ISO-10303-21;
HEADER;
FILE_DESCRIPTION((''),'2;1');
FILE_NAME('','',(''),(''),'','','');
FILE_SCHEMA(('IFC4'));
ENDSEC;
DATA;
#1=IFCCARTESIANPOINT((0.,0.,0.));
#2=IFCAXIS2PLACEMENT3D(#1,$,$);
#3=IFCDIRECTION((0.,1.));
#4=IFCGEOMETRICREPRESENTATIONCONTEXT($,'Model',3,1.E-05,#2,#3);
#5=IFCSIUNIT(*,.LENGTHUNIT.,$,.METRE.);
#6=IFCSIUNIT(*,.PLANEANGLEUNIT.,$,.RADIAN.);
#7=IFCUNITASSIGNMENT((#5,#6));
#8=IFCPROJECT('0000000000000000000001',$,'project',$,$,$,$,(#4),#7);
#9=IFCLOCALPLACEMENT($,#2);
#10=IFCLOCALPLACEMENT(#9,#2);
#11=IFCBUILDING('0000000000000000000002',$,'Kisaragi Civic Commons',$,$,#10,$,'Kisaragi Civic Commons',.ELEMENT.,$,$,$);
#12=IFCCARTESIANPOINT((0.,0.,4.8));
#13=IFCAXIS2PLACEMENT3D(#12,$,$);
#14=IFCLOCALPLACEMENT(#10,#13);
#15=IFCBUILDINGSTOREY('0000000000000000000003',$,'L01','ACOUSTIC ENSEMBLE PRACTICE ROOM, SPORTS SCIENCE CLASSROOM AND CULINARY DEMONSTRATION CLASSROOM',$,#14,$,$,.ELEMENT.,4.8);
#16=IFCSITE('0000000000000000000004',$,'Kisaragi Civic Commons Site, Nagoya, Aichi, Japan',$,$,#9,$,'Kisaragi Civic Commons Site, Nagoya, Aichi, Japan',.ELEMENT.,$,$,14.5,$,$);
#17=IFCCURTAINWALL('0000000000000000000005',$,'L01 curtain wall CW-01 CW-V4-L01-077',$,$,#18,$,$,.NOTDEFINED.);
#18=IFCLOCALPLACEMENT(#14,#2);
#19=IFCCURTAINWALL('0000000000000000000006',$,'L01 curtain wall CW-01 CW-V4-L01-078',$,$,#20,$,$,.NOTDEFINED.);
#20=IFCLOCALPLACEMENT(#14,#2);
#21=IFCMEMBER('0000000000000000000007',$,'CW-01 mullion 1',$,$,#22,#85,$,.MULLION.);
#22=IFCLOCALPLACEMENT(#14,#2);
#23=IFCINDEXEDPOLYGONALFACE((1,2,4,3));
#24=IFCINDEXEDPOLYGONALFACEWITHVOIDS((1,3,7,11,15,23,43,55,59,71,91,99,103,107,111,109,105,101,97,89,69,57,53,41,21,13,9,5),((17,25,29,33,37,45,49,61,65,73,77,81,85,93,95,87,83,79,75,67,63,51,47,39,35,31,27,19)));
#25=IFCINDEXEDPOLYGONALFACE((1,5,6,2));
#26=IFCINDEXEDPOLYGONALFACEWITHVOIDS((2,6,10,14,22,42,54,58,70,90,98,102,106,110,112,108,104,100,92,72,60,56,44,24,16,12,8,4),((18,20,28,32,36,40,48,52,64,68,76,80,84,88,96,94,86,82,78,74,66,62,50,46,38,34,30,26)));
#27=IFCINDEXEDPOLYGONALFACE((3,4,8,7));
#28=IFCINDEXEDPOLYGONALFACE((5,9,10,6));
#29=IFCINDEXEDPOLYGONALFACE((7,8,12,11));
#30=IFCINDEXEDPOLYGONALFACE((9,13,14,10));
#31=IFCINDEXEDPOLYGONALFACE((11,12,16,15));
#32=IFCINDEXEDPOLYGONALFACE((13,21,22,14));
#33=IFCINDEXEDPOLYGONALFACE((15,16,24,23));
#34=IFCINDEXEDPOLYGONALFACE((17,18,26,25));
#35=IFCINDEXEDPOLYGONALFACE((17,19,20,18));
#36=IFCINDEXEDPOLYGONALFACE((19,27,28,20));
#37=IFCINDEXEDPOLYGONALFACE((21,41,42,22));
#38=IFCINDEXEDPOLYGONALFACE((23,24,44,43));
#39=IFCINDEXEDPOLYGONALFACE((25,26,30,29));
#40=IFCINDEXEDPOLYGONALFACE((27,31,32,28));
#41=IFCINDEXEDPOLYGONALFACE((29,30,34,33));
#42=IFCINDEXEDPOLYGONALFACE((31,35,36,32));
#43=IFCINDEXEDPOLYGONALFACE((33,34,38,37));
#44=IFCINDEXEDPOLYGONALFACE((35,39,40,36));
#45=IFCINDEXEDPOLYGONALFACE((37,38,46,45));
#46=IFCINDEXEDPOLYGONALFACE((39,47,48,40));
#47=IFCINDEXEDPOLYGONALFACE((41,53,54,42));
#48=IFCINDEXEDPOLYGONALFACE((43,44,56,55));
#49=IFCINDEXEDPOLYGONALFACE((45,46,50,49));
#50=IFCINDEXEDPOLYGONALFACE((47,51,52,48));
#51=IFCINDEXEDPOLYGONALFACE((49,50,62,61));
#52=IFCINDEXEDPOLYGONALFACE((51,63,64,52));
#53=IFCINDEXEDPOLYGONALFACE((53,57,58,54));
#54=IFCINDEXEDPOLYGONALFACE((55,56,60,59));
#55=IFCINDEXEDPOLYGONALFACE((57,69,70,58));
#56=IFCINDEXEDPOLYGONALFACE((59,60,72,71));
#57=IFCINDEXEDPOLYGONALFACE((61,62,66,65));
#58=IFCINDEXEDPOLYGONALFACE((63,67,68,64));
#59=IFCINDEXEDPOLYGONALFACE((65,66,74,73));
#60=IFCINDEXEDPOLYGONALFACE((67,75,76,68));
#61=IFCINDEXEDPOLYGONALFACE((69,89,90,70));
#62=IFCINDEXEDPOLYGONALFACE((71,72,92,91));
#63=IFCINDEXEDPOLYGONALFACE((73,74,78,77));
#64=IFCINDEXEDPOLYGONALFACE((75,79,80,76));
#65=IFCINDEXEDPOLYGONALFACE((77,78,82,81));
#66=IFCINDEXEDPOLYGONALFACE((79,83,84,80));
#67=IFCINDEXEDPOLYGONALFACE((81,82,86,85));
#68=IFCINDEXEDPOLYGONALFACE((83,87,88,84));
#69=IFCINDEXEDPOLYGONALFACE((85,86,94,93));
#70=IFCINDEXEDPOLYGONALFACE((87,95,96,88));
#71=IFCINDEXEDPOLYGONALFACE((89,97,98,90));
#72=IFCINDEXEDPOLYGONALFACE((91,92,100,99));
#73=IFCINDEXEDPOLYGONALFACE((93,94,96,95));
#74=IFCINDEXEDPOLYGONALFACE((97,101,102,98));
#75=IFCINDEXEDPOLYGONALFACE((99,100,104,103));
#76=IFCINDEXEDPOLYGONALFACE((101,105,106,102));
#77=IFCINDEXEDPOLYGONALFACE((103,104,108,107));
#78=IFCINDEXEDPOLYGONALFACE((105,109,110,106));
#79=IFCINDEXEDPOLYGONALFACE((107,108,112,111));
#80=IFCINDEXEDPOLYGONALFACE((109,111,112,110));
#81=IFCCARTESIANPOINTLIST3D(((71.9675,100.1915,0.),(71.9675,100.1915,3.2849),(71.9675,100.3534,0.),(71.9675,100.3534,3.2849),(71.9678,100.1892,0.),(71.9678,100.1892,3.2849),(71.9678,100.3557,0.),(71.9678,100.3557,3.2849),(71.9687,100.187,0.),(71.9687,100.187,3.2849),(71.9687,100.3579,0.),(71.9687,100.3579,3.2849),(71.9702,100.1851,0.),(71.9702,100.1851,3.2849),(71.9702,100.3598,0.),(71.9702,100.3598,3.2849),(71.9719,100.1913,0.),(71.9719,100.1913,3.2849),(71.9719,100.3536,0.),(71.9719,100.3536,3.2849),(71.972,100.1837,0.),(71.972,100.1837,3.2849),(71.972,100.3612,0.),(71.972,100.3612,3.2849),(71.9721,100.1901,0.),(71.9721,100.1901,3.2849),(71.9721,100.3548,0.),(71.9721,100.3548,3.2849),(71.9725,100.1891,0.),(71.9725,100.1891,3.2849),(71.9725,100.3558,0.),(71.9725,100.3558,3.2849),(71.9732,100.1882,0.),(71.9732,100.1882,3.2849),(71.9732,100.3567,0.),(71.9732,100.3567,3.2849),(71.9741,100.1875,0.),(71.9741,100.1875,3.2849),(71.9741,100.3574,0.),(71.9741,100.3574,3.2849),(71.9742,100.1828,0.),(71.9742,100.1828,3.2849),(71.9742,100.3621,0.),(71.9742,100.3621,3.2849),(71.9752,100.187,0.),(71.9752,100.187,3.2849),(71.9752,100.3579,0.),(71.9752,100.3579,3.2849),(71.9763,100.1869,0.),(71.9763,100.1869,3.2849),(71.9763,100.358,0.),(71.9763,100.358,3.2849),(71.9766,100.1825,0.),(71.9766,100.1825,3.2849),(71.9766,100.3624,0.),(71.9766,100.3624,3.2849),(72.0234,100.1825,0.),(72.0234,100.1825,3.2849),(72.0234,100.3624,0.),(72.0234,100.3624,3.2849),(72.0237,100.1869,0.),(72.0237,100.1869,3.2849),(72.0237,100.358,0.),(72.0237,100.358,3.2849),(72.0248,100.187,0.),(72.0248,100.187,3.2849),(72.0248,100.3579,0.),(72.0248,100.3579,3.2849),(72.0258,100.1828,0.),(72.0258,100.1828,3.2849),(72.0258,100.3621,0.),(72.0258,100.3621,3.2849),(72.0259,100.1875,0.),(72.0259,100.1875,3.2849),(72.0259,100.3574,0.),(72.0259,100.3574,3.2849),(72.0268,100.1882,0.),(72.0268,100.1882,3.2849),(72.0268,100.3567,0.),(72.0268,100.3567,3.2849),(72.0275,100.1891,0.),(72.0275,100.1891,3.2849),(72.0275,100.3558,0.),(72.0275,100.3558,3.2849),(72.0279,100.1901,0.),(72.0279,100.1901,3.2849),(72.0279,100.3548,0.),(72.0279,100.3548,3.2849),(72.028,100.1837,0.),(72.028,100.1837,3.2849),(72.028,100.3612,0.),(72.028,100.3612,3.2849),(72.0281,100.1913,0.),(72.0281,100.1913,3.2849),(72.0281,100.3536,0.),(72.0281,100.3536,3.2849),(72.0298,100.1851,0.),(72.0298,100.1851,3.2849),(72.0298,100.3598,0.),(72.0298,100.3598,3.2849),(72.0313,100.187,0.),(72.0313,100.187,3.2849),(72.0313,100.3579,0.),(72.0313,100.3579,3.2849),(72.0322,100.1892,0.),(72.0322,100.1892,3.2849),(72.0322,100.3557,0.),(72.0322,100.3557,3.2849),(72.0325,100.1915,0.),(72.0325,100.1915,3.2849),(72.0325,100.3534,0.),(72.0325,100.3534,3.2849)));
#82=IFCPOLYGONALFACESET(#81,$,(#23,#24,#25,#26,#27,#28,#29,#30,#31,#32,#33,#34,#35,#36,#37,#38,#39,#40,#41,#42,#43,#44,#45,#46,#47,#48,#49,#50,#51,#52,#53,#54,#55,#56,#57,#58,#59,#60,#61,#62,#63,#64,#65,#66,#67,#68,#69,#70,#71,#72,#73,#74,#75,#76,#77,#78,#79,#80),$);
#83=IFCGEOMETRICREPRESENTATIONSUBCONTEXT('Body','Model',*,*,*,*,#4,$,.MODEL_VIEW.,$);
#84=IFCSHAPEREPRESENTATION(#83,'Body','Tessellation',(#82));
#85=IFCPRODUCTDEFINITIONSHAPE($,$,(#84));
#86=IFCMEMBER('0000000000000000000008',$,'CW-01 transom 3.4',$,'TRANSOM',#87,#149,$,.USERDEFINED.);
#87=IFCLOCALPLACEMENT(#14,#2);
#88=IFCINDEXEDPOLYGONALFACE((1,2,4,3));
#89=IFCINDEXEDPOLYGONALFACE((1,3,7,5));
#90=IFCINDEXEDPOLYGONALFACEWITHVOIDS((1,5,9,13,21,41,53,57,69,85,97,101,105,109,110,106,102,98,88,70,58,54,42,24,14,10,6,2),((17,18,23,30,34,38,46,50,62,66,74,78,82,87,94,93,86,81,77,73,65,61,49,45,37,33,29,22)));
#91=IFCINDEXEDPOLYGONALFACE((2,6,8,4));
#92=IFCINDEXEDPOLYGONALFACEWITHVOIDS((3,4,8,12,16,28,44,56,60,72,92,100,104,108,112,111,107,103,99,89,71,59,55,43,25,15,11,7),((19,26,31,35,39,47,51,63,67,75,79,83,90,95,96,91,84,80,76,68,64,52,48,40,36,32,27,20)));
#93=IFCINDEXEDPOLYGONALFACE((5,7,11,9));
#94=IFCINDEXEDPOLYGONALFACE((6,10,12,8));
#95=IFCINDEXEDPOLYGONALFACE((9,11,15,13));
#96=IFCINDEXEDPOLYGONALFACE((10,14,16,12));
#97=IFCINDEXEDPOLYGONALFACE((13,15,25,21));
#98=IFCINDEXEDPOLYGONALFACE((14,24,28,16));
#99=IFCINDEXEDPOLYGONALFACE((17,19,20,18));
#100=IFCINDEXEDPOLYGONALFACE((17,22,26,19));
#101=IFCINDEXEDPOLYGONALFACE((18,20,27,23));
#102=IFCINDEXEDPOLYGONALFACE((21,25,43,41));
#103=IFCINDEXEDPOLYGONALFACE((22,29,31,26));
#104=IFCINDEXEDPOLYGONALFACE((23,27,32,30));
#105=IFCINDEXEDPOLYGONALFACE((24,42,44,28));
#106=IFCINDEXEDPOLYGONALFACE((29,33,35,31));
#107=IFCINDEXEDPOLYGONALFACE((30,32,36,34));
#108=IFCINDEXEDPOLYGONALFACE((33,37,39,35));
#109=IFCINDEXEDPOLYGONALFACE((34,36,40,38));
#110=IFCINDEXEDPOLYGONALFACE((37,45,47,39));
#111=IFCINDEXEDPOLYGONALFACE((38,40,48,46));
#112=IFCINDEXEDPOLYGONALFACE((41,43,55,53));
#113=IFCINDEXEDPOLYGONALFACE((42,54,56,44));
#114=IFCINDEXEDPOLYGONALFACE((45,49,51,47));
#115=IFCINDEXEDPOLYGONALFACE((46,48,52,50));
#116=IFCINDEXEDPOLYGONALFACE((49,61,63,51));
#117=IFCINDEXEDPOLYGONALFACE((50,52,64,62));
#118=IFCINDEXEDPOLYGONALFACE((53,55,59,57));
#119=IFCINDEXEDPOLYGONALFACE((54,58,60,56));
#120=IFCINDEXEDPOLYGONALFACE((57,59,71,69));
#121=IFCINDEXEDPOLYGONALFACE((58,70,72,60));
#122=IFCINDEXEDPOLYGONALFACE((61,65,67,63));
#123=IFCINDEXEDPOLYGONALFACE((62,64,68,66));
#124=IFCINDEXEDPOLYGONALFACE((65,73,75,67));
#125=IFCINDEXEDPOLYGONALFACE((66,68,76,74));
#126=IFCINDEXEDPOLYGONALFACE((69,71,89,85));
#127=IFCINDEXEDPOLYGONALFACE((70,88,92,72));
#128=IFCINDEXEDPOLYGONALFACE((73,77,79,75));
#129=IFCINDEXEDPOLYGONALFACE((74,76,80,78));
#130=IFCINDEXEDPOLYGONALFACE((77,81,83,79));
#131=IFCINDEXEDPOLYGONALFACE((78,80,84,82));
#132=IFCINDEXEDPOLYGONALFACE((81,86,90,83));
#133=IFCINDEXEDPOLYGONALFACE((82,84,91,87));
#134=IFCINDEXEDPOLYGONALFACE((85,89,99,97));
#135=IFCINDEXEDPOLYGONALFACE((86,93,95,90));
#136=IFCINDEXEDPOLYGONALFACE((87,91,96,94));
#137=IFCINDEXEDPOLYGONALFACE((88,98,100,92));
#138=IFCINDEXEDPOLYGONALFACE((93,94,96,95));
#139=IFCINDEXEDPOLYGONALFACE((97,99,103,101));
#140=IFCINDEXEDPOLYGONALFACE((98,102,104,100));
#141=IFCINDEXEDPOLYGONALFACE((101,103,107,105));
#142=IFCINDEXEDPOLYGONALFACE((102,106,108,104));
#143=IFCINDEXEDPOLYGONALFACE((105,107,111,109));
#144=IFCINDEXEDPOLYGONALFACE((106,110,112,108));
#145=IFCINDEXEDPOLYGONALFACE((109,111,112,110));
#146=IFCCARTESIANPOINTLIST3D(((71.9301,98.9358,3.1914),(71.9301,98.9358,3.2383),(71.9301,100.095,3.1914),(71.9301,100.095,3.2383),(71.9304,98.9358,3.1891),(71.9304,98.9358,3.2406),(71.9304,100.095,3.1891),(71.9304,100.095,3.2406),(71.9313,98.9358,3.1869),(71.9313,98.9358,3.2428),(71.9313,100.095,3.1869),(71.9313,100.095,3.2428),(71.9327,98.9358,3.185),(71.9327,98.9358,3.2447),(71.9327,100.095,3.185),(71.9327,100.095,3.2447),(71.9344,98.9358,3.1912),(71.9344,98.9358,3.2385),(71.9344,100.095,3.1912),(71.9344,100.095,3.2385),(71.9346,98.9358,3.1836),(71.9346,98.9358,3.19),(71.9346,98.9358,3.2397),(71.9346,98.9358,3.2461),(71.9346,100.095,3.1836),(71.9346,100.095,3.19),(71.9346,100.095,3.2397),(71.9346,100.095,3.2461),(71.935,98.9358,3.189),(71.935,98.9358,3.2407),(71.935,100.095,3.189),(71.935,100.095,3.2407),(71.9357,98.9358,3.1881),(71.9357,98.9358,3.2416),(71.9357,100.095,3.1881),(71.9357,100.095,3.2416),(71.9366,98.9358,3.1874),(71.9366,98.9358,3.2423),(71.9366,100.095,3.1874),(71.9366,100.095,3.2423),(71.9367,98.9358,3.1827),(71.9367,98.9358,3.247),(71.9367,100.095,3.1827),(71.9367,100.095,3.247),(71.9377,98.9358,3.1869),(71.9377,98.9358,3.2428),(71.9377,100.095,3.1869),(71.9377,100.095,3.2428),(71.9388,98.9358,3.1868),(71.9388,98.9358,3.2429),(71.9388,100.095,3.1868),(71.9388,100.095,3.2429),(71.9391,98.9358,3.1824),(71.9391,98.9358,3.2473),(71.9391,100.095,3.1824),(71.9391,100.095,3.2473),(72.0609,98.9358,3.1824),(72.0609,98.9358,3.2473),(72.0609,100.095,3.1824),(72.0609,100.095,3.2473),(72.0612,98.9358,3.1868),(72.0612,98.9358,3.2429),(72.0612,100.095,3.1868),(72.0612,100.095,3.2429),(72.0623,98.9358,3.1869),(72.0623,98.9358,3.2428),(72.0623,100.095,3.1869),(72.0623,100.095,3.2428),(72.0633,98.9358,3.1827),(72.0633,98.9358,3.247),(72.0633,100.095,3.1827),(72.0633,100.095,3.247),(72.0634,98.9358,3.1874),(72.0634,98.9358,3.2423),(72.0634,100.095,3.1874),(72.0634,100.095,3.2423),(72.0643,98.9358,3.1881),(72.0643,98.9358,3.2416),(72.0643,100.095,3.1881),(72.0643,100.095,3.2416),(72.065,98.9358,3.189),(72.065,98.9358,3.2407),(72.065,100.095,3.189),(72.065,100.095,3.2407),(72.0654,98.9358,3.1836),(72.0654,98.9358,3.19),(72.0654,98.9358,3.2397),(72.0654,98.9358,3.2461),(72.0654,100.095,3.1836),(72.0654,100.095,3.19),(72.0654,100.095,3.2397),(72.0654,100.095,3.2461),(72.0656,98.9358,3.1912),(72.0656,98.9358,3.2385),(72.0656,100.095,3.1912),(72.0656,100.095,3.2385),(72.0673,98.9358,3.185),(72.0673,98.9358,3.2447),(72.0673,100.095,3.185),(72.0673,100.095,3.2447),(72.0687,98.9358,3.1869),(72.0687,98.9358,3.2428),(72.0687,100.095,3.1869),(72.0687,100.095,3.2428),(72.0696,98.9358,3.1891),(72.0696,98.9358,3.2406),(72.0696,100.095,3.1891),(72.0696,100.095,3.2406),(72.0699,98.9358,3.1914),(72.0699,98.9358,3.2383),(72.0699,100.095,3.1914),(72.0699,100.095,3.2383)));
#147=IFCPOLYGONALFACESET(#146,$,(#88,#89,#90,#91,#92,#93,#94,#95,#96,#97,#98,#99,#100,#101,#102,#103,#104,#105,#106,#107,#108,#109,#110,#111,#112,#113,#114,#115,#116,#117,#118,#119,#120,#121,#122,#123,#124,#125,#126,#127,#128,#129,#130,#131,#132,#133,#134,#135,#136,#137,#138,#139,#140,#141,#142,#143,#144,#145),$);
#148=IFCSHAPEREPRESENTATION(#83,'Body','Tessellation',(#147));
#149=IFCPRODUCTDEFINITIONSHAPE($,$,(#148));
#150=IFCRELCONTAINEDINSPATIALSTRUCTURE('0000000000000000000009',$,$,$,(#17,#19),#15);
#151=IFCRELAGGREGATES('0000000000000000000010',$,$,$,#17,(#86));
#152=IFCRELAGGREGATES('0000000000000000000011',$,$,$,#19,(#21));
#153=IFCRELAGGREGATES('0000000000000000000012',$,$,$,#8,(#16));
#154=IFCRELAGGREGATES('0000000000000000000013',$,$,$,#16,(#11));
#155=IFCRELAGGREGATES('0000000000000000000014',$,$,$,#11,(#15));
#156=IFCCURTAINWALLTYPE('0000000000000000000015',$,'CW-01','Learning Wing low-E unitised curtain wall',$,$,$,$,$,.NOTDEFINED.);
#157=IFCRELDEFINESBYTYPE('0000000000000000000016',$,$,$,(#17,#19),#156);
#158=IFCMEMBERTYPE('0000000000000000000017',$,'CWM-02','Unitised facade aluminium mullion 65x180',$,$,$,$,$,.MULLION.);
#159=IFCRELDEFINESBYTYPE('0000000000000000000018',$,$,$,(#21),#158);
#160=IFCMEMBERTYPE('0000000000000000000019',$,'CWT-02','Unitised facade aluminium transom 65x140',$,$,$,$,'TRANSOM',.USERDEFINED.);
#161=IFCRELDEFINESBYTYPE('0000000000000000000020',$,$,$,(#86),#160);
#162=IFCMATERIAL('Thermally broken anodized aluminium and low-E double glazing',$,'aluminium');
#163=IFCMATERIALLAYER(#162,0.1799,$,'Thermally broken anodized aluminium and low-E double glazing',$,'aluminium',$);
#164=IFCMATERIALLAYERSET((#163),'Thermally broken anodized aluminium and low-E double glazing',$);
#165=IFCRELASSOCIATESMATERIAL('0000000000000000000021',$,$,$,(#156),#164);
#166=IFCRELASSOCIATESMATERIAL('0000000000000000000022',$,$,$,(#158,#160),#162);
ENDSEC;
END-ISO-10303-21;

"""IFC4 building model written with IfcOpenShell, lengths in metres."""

from ifc_helpers import new_model, si_unit, direction, frame, origin, origin_2d, place, context, subcontext, project, spatial, hollow_rectangle, extrude, material, layer, layer_set, material_profile, profile_set, type_object, element, aggregate, save


model = new_model("IFC4")

# Units and contexts
model_context = context("Model", 3, precision=1e-05, world=origin(), true_north=direction((0.0, 1.0)))
body_context = subcontext(model_context, "Body", "Model", "MODEL_VIEW")
ifc_project = project(units=[si_unit("LENGTHUNIT", "METRE"), si_unit("PLANEANGLEUNIT", "RADIAN")], contexts=[model_context])

# Site, building, storey
site_placement = place(None, origin())
site = spatial("IfcSite", under=ifc_project, at=site_placement, Name="Kisaragi Civic Commons Site, Nagoya, Aichi, Japan", LongName="Kisaragi Civic Commons Site, Nagoya, Aichi, Japan", CompositionType="ELEMENT", RefElevation=14.5)
building_placement = place(site_placement, origin())
building = spatial("IfcBuilding", under=site, at=building_placement, Name="Kisaragi Civic Commons", LongName="Kisaragi Civic Commons", CompositionType="ELEMENT")
storey_placement = place(building_placement, frame((0.0, 0.0, 4.8)))
storey = spatial("IfcBuildingStorey", under=building, at=storey_placement, Name="L01", Description="ACOUSTIC ENSEMBLE PRACTICE ROOM, SPORTS SCIENCE CLASSROOM AND CULINARY DEMONSTRATION CLASSROOM", CompositionType="ELEMENT", Elevation=4.8)

# Curtain walls, member
ifc_material_1 = material(Name="Thermally broken anodized aluminium and low-E double glazing", Category="aluminium")
ifc_layer_1 = layer(ifc_material_1, 0.1799, Name="Thermally broken anodized aluminium and low-E double glazing", Category="aluminium")
ifc_layer_set_1 = layer_set([ifc_layer_1], Name="Thermally broken anodized aluminium and low-E double glazing")
curtain_wall_type = type_object("IfcCurtainWallType", Name="CW-01", Description="Learning Wing low-E unitised curtain wall", PredefinedType="NOTDEFINED", material=ifc_layer_set_1)
curtain_wall_1_placement = place(storey_placement, origin())
curtain_wall_1 = element("IfcCurtainWall", 1, at=curtain_wall_1_placement, inside=storey, type_object=curtain_wall_type, Name="L01 curtain wall CW-01 CW-V4-L01-077", PredefinedType="NOTDEFINED")
ifc_material_profile_1 = material_profile(ifc_material_1, hollow_rectangle(XDim=0.0649, YDim=0.1799, WallThickness=0.0044, InnerFilletRadius=0.0044, OuterFilletRadius=0.009, at=origin_2d()), Name="CWM-65x180x4.5", Category="aluminium")
ifc_profile_set_1 = profile_set([ifc_material_profile_1], Name="Thermally broken anodized aluminium and low-E double glazing")
member_type_1 = type_object("IfcMemberType", Name="CWM-02", Description="Unitised facade aluminium mullion 65x180", PredefinedType="MULLION", material=ifc_profile_set_1)
curtain_wall_2_placement = place(storey_placement, origin())
curtain_wall_2 = element("IfcCurtainWall", 2, at=curtain_wall_2_placement, inside=storey, type_object=curtain_wall_type, Name="L01 curtain wall CW-01 CW-V4-L01-078", PredefinedType="NOTDEFINED")
member_1_placement = place(storey_placement, frame((72.0, 100.2725, 0.0), z_axis=(0.0, 0.0, 1.0), x_axis=(-1.0, 0.0, 0.0)))
member_1 = element("IfcMember", 3, at=member_1_placement, type_object=member_type_1, Name="CW-01 mullion 1", PredefinedType="MULLION", context=body_context, shape_type="SweptSolid", body=[
    extrude(hollow_rectangle(XDim=0.0649, YDim=0.1799, WallThickness=0.0044, InnerFilletRadius=0.0044, OuterFilletRadius=0.009, at=origin_2d()), origin(), (0.0, 0.0, 1.0), 3.2849),
])

# Member
ifc_material_profile_2 = material_profile(ifc_material_1, hollow_rectangle(XDim=0.1399, YDim=0.0649, WallThickness=0.0044, InnerFilletRadius=0.0044, OuterFilletRadius=0.009, at=origin_2d()), Name="CWT-65x140x4.5", Category="aluminium")
ifc_profile_set_2 = profile_set([ifc_material_profile_2], Name="Thermally broken anodized aluminium and low-E double glazing")
member_type_2 = type_object("IfcMemberType", Name="CWT-02", Description="Unitised facade aluminium transom 65x140", ElementType="TRANSOM", PredefinedType="USERDEFINED", material=ifc_profile_set_2)
member_2_placement = place(storey_placement, frame((72.0, 98.9358, 3.2148), z_axis=(0.0, 1.0, 0.0), x_axis=(-1.0, 0.0, 0.0)))
member_2 = element("IfcMember", 4, at=member_2_placement, type_object=member_type_2, Name="CW-01 transom 3.4", ObjectType="TRANSOM", PredefinedType="USERDEFINED", context=body_context, shape_type="SweptSolid", body=[
    extrude(hollow_rectangle(XDim=0.1399, YDim=0.0649, WallThickness=0.0044, InnerFilletRadius=0.0044, OuterFilletRadius=0.009, at=origin_2d()), origin(), (0.0, 0.0, 1.0), 1.1592),
])

aggregate(curtain_wall_1, [member_2])
aggregate(curtain_wall_2, [member_1])

save(model, "model.ifc")
